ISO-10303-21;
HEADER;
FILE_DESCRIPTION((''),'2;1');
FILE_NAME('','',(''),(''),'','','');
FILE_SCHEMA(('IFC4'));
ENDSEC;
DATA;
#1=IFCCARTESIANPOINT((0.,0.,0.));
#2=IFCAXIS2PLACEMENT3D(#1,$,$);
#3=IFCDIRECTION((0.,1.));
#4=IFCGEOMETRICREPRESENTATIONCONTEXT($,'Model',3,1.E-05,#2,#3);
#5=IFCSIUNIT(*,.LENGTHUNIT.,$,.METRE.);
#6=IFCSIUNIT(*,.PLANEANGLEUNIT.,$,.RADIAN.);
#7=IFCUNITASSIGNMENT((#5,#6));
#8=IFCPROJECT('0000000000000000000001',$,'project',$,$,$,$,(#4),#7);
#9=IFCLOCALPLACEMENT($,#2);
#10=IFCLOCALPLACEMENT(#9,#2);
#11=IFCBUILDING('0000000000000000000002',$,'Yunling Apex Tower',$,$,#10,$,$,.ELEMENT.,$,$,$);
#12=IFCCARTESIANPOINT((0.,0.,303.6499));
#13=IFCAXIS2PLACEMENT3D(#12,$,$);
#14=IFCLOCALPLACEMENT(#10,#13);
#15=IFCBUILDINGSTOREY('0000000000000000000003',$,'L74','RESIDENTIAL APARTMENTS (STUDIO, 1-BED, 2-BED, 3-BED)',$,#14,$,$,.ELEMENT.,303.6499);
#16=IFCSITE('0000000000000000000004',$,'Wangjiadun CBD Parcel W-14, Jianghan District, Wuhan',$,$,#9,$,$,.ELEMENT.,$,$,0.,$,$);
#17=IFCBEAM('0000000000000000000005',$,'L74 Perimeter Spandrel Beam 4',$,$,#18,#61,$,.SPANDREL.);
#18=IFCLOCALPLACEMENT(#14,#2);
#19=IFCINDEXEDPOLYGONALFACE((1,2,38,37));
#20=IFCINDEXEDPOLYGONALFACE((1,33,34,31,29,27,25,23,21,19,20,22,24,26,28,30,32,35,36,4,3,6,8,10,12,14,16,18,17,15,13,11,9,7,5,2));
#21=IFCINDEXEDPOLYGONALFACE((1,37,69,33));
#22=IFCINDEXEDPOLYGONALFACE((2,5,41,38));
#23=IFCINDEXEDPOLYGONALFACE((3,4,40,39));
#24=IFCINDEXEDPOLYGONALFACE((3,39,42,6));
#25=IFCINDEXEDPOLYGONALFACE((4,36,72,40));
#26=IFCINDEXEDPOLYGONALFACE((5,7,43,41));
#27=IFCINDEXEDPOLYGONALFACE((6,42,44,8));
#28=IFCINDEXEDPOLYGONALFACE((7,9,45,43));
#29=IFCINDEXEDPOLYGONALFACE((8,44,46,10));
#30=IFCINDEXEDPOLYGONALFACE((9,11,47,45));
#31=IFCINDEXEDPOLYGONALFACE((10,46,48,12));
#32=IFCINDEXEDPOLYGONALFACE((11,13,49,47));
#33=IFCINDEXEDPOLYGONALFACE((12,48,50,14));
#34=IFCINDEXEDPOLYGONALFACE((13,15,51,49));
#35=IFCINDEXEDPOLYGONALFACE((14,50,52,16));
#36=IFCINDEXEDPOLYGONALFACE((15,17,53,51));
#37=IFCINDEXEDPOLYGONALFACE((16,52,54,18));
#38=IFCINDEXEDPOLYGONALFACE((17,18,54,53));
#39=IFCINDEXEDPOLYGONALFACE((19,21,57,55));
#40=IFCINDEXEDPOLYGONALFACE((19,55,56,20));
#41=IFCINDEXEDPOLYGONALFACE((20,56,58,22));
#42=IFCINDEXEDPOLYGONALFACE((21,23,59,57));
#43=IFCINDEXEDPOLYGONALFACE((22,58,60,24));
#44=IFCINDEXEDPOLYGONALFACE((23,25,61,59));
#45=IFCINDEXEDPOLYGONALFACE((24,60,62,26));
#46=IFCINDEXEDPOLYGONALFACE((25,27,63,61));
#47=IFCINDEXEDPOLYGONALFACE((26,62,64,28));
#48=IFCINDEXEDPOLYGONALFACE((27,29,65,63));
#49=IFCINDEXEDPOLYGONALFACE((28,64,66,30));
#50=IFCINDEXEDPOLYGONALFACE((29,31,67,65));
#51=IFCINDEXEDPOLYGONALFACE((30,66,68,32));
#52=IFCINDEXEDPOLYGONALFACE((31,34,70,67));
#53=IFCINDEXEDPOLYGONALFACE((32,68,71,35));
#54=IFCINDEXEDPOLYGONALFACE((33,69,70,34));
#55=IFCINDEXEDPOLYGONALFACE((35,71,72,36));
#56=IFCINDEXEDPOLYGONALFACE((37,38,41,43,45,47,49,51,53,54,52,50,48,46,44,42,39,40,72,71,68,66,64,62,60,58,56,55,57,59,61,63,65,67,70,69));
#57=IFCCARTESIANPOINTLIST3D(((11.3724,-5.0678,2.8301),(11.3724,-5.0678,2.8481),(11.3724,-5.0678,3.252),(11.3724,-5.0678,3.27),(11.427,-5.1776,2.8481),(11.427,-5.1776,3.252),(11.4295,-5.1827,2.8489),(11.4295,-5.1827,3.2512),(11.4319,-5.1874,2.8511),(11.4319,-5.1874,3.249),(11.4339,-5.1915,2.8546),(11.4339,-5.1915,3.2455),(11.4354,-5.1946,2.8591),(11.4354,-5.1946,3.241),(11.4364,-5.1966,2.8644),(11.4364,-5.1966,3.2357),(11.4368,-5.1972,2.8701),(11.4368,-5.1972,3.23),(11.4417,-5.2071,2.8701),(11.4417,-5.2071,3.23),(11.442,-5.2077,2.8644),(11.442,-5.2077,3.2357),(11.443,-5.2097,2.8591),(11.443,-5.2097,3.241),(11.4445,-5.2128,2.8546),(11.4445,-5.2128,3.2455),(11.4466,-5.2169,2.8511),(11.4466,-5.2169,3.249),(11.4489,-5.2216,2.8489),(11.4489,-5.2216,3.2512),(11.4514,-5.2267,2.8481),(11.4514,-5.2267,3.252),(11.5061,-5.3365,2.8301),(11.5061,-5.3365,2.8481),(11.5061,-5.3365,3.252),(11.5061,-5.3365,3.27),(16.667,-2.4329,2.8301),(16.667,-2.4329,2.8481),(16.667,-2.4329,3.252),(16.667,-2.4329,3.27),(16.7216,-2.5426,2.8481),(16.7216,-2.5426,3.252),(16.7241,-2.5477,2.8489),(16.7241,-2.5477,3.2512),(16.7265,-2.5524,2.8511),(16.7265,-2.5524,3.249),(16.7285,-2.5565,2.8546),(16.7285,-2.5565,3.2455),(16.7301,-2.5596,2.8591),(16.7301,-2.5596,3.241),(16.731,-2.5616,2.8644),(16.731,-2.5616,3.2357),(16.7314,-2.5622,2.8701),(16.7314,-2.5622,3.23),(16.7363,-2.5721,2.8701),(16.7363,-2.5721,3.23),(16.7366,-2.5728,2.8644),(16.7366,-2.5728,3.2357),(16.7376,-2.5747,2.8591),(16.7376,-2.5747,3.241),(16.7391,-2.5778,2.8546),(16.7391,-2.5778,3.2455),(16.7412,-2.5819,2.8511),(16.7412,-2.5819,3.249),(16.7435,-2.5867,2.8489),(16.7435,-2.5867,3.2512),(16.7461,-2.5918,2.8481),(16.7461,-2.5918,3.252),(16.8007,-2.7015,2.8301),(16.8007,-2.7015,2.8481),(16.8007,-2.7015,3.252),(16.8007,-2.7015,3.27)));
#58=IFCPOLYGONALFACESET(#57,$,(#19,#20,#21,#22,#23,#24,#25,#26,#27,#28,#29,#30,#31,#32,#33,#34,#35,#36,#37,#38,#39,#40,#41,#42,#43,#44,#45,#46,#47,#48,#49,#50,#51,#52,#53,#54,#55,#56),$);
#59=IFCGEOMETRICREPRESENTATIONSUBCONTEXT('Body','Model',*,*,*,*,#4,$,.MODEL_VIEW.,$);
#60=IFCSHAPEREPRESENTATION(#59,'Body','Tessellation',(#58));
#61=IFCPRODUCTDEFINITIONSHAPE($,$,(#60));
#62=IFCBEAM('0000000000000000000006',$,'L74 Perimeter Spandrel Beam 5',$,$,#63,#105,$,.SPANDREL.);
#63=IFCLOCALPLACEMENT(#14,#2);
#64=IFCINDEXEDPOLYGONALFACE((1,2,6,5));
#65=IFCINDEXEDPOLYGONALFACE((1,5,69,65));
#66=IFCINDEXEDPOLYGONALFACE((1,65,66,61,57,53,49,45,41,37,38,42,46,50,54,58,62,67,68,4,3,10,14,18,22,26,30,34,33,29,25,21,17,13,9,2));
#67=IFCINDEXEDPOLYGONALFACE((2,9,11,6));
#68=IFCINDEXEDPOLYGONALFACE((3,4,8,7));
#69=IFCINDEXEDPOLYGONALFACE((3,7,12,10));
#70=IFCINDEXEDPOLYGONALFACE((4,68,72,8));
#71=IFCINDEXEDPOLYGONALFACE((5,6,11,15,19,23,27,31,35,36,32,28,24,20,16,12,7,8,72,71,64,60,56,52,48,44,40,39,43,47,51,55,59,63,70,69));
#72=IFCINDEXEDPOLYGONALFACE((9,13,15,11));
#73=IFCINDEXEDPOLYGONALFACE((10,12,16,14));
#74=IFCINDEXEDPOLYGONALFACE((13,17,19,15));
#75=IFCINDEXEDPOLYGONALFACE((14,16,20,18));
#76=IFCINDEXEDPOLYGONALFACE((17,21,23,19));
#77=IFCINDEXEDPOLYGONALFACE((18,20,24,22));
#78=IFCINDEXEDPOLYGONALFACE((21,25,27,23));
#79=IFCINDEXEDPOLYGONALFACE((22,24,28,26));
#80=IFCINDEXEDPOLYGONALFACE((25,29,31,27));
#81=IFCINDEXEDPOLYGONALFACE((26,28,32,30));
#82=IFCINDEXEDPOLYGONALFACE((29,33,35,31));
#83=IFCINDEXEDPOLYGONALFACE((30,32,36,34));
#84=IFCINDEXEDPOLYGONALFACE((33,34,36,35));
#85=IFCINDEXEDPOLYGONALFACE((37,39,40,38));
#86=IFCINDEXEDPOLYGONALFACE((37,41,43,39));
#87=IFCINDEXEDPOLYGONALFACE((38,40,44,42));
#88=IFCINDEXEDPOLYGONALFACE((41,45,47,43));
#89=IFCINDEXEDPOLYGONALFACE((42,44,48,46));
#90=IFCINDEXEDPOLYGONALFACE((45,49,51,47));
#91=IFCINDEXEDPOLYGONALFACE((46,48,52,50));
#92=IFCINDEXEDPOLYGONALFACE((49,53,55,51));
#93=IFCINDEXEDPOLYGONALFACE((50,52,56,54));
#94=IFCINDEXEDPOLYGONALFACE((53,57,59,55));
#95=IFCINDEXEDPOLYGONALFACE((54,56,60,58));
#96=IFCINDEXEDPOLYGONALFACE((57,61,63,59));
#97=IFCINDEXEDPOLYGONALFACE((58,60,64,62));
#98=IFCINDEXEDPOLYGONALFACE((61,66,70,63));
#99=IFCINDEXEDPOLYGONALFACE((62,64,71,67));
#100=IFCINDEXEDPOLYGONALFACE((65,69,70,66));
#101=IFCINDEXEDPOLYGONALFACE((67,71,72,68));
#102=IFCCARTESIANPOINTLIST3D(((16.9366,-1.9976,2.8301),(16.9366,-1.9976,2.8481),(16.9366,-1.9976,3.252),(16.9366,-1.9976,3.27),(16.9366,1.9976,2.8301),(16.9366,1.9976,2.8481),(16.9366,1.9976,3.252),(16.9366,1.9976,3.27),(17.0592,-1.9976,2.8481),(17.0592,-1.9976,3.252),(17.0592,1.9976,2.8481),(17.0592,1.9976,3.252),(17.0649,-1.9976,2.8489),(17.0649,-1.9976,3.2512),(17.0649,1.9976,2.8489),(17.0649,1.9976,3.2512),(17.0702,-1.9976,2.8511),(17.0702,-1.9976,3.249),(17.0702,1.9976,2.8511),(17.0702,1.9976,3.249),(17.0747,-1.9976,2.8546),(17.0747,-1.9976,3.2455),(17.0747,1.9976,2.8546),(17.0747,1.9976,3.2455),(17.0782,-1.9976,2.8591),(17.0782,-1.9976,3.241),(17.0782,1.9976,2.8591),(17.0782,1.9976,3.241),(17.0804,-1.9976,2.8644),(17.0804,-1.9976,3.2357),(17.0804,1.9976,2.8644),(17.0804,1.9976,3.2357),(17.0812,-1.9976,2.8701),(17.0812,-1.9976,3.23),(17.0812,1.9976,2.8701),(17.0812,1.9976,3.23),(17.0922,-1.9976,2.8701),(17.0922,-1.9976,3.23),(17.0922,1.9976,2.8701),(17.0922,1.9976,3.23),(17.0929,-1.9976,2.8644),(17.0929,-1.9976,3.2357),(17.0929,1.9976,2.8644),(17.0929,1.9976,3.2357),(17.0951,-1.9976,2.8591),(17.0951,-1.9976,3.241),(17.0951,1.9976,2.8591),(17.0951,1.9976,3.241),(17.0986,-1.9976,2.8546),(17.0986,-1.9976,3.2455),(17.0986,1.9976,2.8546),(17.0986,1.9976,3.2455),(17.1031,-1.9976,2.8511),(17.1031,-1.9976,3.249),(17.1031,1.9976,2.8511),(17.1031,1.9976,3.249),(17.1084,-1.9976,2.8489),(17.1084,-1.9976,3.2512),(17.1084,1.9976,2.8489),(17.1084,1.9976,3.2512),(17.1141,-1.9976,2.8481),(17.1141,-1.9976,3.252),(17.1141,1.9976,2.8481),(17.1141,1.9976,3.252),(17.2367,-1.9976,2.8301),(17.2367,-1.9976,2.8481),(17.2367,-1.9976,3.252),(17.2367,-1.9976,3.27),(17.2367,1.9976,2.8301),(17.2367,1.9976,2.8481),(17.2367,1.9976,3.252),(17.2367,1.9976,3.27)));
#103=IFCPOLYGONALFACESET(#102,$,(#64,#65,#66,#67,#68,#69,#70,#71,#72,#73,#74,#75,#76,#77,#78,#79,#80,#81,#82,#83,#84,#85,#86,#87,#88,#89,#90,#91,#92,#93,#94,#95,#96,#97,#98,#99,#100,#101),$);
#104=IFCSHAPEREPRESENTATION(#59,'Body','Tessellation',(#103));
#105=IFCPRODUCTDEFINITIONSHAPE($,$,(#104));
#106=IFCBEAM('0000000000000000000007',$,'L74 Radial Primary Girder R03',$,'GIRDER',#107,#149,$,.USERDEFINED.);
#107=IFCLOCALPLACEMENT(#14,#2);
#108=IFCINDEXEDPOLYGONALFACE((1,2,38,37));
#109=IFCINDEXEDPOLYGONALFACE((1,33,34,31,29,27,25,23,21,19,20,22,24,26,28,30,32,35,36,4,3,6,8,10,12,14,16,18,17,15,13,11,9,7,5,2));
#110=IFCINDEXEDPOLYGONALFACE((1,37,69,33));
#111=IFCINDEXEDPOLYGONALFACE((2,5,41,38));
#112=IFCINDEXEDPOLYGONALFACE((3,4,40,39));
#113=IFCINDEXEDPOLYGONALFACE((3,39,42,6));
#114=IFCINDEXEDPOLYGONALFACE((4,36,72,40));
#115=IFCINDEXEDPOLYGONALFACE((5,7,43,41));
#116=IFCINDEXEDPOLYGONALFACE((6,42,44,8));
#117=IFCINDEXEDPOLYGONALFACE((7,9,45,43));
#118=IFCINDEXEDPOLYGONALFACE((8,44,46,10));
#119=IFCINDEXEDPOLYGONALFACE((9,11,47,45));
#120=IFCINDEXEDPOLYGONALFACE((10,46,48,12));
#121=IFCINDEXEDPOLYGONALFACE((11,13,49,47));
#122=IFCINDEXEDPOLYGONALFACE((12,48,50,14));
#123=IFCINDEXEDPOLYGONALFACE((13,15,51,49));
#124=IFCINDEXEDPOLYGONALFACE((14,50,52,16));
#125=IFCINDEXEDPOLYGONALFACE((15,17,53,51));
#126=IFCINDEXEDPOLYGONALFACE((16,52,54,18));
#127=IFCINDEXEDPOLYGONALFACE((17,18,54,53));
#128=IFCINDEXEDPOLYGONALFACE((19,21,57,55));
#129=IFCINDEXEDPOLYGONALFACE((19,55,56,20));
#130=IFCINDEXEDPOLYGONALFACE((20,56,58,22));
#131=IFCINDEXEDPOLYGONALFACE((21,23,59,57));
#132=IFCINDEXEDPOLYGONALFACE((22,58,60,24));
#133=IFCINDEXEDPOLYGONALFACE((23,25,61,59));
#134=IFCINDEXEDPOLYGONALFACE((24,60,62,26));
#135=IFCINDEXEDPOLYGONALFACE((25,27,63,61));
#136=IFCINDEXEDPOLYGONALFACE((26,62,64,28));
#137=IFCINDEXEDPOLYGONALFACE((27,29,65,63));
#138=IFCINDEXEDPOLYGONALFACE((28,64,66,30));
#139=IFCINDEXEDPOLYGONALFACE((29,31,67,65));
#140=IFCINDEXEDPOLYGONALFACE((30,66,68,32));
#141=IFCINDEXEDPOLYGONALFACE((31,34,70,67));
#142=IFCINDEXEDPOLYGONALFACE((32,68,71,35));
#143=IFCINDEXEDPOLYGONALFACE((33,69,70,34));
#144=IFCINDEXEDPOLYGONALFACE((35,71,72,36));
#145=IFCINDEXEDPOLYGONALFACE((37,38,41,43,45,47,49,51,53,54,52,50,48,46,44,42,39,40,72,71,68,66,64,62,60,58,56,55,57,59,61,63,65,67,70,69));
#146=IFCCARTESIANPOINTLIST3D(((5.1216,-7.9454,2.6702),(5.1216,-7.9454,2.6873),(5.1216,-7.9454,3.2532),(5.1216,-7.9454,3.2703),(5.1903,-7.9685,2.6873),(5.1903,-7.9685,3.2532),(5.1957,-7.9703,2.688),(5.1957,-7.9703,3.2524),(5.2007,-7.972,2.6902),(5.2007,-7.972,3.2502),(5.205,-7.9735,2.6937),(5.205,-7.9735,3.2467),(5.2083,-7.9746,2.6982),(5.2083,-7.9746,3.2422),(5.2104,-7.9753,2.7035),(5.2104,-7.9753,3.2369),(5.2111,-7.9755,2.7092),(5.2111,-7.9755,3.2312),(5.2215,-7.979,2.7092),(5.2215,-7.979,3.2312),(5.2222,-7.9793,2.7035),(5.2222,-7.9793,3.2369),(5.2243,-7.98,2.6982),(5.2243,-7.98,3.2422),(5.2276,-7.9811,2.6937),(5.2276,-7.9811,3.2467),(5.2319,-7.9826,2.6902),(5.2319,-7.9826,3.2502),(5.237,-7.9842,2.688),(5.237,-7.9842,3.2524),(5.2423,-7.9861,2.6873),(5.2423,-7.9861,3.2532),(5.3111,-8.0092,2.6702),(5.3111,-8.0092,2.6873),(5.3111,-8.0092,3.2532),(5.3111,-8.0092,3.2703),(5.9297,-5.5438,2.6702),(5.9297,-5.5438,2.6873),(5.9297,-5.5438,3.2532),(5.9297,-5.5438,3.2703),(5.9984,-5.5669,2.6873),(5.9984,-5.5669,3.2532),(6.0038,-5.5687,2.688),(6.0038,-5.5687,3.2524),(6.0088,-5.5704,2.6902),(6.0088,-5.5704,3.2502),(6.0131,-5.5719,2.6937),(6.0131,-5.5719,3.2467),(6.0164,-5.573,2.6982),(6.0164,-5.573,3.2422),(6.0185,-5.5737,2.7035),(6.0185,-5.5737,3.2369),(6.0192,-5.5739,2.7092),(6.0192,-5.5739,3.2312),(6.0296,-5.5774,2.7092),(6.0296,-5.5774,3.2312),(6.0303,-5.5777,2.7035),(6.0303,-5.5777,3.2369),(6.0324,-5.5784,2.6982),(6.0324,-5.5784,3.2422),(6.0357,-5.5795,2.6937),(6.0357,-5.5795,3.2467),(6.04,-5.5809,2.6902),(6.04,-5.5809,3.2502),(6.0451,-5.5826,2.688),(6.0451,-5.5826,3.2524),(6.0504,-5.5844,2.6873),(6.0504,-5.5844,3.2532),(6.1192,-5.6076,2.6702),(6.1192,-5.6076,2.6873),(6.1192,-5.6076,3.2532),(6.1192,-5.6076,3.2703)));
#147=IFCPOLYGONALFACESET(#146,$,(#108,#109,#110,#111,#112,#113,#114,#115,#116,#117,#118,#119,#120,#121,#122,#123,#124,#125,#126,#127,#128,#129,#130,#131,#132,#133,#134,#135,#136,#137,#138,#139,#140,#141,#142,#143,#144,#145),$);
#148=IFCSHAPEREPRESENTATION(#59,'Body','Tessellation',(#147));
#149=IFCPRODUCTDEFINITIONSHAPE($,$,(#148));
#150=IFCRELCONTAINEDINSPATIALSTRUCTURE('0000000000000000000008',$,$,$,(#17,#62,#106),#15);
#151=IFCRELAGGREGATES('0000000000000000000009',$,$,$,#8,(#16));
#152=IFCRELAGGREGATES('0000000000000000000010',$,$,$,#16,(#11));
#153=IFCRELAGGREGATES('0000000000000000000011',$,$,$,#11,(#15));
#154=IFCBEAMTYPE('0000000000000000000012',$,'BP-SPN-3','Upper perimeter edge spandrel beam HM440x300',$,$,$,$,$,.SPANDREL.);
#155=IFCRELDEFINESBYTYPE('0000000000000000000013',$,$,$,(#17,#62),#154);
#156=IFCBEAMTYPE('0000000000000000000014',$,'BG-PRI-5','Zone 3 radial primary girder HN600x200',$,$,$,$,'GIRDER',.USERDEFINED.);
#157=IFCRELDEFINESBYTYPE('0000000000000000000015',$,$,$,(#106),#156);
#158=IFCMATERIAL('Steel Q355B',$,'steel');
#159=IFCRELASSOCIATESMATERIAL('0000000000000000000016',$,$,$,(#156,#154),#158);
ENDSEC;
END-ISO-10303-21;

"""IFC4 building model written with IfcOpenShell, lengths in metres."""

from ifc_helpers import new_model, si_unit, direction, frame, origin, origin_2d, place, context, subcontext, project, spatial, i_section, extrude, source, transform, mapped, material, material_profile, profile_set, type_object, element, save


model = new_model("IFC4")

# Units and contexts
model_context = context("Model", 3, precision=1e-05, world=origin(), true_north=direction((0.0, 1.0)))
body_context = subcontext(model_context, "Body", "Model", "MODEL_VIEW")
ifc_project = project(units=[si_unit("LENGTHUNIT", "METRE"), si_unit("PLANEANGLEUNIT", "RADIAN")], contexts=[model_context])

# Site, building, storey
site_placement = place(None, origin())
site = spatial("IfcSite", under=ifc_project, at=site_placement, Name="Wangjiadun CBD Parcel W-14, Jianghan District, Wuhan", CompositionType="ELEMENT", RefElevation=0.0)
building_placement = place(site_placement, origin())
building = spatial("IfcBuilding", under=site, at=building_placement, Name="Yunling Apex Tower", CompositionType="ELEMENT")
storey_placement = place(building_placement, frame((0.0, 0.0, 303.6499)))
storey = spatial("IfcBuildingStorey", under=building, at=storey_placement, Name="L74", Description="RESIDENTIAL APARTMENTS (STUDIO, 1-BED, 2-BED, 3-BED)", CompositionType="ELEMENT", Elevation=303.6499)

# Shared definitions
ifc_material_1 = material(Name="Steel Q355B", Category="steel")

# Beams
ifc_material_profile_1 = material_profile(ifc_material_1, i_section(OverallWidth=0.2, OverallDepth=0.6001, WebThickness=0.011, FlangeThickness=0.0171, FilletRadius=0.022, at=origin_2d()))
ifc_profile_set_1 = profile_set([ifc_material_profile_1], Name="Steel Q355B")
beam_type_1 = type_object("IfcBeamType", Name="BG-PRI-5", Description="Zone 3 radial primary girder HN600x200", ElementType="GIRDER", PredefinedType="USERDEFINED", material=ifc_profile_set_1)
ifc_material_profile_2 = material_profile(ifc_material_1, i_section(OverallWidth=0.3, OverallDepth=0.4399, WebThickness=0.011, FlangeThickness=0.0181, FilletRadius=0.022, at=origin_2d()))
ifc_profile_set_2 = profile_set([ifc_material_profile_2], Name="Steel Q355B")
beam_type_2 = type_object("IfcBeamType", Name="BP-SPN-3", Description="Upper perimeter edge spandrel beam HM440x300", PredefinedType="SPANDREL", material=ifc_profile_set_2)
shared_shape_1 = source(origin(), body_context, "Body", "SweptSolid", [
    extrude(i_section(OverallWidth=0.3, OverallDepth=0.4399, WebThickness=0.011, FlangeThickness=0.0181, FilletRadius=0.022, at=origin_2d()), origin(), (0.0, 0.0, 1.0), 5.9141),
])
for number, where, z_axis, x_axis, name in (
    (1, (11.4392, -5.2021, 3.05), (0.89526, 0.445545, 0.0), (-0.445545, 0.89526, 0.0), "L74 Perimeter Spandrel Beam 4"),
):
    element("IfcBeam", number, at=place(storey_placement, frame(where, z_axis=z_axis, x_axis=x_axis)), inside=storey, type_object=beam_type_2, Name=name, PredefinedType="SPANDREL", context=body_context, shape_type="MappedRepresentation", body=[
        mapped(shared_shape_1, transform((0.0, 0.0, 0.0), scale=1.0)),
    ])
shared_shape_2 = source(origin(), body_context, "Body", "SweptSolid", [
    extrude(i_section(OverallWidth=0.3, OverallDepth=0.4399, WebThickness=0.011, FlangeThickness=0.0181, FilletRadius=0.022, at=origin_2d()), origin(), (0.0, 0.0, 1.0), 3.9951),
])
beam_1_placement = place(storey_placement, frame((17.0867, -1.9976, 3.05), z_axis=(0.0, 1.0, 0.0), x_axis=(-1.0, 0.0, 0.0)))
element("IfcBeam", 2, at=beam_1_placement, inside=storey, type_object=beam_type_2, Name="L74 Perimeter Spandrel Beam 5", PredefinedType="SPANDREL", context=body_context, shape_type="MappedRepresentation", body=[
    mapped(shared_shape_2, transform((0.0, 0.0, 0.0), scale=1.0)),
])
shared_shape_3 = source(origin(), body_context, "Body", "SweptSolid", [
    extrude(i_section(OverallWidth=0.2, OverallDepth=0.6001, WebThickness=0.011, FlangeThickness=0.0171, FilletRadius=0.022, at=origin_2d()), origin(), (0.0, 0.0, 1.0), 2.5339),
])
beam_2_placement = place(storey_placement, frame((5.2163, -7.9773, 2.9702), z_axis=(0.318915, 0.947783, 0.0), x_axis=(-0.947783, 0.318915, 0.0)))
element("IfcBeam", 3, at=beam_2_placement, inside=storey, type_object=beam_type_1, Name="L74 Radial Primary Girder R03", ObjectType="GIRDER", PredefinedType="USERDEFINED", context=body_context, shape_type="MappedRepresentation", body=[
    mapped(shared_shape_3, transform((0.0, 0.0, 0.0), scale=1.0)),
])

save(model, "model.ifc")
